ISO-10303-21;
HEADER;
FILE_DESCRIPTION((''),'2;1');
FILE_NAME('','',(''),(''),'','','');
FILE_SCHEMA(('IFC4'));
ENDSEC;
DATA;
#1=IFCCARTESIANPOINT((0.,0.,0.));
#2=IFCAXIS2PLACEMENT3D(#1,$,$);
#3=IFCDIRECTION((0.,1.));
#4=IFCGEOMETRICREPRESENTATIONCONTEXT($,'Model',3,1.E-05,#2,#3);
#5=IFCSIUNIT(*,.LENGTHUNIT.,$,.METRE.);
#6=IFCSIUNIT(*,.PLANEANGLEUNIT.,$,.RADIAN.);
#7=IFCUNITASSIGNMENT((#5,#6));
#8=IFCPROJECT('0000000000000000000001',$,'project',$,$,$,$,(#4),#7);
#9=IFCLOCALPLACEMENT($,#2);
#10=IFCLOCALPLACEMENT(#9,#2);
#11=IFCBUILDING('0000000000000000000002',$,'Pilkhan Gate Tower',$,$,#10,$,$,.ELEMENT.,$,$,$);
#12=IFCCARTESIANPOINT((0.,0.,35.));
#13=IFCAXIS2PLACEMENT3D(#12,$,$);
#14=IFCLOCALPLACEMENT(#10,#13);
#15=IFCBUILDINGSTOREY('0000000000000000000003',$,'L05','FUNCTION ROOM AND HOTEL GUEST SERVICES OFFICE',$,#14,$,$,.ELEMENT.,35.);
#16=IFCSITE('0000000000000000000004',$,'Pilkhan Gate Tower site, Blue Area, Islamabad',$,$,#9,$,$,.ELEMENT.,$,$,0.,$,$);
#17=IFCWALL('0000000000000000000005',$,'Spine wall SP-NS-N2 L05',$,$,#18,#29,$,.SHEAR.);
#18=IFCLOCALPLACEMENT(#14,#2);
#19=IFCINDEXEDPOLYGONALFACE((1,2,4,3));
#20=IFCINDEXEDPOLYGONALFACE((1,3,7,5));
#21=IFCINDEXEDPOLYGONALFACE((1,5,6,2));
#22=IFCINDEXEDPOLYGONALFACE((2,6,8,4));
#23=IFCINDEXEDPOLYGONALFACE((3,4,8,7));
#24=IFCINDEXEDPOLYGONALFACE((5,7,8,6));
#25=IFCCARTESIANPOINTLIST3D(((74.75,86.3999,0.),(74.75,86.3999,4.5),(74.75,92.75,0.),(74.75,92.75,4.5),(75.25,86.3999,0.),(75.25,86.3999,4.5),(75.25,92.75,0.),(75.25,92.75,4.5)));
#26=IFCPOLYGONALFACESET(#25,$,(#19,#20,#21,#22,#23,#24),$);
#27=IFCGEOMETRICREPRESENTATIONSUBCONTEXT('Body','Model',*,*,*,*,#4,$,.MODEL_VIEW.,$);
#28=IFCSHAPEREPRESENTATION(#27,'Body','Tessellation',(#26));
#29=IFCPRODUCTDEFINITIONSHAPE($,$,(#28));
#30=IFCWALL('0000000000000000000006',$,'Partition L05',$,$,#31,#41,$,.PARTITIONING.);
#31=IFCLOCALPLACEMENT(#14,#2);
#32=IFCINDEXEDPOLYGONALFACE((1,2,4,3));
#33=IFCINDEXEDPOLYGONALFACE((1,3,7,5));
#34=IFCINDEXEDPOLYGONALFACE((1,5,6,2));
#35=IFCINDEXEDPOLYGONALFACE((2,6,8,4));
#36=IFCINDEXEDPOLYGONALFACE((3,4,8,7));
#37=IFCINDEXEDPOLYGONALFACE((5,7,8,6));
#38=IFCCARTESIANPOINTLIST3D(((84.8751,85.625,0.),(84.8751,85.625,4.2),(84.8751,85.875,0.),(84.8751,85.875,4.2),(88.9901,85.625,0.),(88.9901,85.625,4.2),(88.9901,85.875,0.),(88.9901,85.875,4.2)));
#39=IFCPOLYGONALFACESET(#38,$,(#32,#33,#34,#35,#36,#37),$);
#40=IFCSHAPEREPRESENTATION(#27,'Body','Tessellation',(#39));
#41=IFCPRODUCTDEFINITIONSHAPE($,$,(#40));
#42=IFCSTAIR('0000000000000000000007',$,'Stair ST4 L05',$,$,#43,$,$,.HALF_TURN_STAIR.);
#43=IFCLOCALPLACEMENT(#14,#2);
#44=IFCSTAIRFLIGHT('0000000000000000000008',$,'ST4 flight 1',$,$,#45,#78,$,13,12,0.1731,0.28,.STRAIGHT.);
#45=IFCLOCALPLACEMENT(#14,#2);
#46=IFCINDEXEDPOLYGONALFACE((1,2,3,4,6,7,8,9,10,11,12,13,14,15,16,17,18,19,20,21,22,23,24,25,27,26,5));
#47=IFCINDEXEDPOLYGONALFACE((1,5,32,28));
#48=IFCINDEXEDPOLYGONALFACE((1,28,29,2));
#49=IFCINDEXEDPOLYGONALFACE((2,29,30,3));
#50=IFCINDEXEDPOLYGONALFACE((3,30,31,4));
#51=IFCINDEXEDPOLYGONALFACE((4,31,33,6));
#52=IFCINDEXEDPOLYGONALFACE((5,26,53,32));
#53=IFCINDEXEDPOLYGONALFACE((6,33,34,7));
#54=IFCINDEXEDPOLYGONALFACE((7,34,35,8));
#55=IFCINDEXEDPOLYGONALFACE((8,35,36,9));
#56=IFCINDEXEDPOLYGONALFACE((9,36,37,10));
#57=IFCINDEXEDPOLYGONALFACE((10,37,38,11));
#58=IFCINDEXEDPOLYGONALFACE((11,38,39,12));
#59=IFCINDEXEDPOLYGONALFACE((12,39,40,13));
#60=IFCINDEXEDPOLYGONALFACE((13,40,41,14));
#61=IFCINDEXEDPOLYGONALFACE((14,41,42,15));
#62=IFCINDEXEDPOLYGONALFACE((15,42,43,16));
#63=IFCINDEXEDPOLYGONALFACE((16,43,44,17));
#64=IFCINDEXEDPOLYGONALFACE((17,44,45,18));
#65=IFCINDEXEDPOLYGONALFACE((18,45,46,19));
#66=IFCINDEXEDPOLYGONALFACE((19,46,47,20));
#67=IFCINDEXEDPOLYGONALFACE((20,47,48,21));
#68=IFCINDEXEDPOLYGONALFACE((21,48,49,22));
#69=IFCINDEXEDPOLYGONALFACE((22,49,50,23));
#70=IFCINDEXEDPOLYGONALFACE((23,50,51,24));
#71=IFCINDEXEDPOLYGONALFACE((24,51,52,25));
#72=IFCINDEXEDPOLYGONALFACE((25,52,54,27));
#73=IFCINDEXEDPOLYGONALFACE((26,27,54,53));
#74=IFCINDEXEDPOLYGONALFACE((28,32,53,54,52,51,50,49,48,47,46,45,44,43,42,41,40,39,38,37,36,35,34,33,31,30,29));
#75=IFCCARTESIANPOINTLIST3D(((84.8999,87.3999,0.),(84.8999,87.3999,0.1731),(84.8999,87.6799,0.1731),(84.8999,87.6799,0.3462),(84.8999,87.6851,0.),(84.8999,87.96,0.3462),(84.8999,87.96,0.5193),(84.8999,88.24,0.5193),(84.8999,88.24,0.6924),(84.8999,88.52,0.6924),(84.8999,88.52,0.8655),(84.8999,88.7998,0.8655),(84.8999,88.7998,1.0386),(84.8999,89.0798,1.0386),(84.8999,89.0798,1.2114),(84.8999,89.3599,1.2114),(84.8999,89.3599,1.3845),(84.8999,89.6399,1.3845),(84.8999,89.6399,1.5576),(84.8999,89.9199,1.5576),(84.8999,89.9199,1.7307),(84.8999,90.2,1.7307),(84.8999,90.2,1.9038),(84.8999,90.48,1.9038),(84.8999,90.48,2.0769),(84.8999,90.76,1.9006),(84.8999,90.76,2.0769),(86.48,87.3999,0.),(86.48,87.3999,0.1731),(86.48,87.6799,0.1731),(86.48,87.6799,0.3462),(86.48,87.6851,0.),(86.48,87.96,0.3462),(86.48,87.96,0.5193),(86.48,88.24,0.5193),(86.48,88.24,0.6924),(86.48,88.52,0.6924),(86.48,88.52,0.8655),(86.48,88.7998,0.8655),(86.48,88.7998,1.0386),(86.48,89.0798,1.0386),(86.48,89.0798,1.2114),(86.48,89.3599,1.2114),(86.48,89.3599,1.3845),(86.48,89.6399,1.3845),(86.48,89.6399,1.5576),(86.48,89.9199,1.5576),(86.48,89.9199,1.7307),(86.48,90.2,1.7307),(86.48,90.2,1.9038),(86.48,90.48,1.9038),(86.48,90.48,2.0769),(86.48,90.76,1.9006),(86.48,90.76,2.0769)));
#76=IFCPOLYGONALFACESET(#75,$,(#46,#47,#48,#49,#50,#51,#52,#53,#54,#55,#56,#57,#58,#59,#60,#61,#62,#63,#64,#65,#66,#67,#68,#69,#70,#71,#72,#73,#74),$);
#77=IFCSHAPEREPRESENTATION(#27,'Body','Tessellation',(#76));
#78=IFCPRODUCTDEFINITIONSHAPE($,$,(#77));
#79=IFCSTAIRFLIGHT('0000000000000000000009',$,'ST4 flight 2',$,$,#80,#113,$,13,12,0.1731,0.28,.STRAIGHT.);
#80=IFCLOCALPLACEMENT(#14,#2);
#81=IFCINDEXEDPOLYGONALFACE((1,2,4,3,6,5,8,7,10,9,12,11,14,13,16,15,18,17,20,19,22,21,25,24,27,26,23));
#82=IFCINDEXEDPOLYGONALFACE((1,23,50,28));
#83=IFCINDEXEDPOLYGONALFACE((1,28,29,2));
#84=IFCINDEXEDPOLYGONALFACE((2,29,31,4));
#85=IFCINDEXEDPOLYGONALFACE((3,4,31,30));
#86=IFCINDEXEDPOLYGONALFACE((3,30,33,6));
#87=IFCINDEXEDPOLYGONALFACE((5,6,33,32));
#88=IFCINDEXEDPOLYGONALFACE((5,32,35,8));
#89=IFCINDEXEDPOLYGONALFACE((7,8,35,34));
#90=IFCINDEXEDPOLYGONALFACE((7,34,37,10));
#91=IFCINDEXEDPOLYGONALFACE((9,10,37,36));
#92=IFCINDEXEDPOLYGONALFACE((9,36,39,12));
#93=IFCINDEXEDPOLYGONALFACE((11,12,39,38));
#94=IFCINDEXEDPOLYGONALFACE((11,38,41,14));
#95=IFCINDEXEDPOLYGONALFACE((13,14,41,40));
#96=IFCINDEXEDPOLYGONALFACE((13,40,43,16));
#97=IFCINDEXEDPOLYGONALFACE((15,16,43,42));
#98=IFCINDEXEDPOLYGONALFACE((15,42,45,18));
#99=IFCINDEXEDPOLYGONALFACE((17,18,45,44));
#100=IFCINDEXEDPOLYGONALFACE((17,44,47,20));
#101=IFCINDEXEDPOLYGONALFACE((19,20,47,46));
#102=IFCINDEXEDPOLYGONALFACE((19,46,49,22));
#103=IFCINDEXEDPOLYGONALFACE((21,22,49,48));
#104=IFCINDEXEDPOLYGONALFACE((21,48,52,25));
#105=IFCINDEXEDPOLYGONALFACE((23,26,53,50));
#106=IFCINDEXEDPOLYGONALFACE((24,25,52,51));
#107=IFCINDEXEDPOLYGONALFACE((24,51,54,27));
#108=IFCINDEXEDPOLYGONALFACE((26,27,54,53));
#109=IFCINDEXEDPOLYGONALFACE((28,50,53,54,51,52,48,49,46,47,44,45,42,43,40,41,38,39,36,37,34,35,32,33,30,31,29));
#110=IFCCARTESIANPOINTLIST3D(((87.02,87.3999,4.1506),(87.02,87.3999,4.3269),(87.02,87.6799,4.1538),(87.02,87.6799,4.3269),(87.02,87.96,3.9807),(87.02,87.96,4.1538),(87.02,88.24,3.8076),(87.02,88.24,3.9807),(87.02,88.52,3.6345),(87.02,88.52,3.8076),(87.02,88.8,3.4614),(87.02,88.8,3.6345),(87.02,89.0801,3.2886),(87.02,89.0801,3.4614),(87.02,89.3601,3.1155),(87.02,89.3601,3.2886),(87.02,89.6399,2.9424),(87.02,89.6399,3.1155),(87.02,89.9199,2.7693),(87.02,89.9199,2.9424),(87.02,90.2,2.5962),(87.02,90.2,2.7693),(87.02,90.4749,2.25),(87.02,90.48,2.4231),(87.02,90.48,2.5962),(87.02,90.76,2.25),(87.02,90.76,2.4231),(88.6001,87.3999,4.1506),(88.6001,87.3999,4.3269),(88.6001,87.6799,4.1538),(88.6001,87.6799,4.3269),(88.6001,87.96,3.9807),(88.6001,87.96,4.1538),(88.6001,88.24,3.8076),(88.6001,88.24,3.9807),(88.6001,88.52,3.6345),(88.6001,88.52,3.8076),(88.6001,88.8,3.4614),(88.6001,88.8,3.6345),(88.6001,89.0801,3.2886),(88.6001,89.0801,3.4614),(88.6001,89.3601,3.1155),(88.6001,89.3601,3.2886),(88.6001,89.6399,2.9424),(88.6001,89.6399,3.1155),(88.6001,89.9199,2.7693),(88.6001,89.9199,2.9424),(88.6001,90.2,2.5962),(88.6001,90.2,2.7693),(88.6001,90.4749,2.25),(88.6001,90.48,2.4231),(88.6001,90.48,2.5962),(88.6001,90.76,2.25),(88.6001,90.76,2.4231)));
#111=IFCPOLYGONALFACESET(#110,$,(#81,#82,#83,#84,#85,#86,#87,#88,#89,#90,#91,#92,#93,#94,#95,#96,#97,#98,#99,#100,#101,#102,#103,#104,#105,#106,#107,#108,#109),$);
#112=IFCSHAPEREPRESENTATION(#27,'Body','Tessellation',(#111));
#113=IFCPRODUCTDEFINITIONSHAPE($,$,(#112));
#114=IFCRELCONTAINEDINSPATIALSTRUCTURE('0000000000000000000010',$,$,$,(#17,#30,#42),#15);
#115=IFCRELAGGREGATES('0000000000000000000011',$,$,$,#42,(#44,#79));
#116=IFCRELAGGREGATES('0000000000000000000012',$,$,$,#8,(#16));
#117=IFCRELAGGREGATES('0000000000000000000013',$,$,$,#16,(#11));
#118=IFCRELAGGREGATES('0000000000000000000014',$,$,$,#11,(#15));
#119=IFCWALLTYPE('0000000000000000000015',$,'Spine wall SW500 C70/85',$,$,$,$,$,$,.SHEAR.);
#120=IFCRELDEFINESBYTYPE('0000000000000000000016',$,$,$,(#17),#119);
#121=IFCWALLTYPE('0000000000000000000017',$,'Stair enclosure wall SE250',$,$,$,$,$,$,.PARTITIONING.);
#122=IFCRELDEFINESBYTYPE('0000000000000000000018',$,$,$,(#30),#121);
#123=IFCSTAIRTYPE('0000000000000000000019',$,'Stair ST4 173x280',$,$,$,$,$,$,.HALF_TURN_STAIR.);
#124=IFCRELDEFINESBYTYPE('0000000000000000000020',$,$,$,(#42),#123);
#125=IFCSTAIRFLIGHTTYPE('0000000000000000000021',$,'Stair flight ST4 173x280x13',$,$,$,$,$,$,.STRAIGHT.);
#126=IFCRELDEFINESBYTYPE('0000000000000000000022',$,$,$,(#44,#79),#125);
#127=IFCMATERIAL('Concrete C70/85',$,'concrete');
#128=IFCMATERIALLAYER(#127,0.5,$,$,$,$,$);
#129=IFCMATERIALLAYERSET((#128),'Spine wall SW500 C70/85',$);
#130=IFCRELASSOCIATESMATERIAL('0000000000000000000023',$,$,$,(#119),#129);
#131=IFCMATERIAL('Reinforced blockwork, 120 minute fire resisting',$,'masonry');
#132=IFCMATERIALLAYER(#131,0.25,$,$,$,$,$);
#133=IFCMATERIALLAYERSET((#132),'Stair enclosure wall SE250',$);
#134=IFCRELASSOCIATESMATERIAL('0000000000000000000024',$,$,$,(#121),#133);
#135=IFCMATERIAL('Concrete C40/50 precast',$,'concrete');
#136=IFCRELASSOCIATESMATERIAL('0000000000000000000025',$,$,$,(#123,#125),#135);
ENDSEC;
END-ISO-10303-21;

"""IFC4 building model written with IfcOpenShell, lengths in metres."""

from ifc_helpers import new_model, si_unit, direction, frame, frame_2d, origin, place, context, subcontext, project, spatial, polyline, rectangle, outline, extrude, material, layer, layer_set, type_object, element, aggregate, save


model = new_model("IFC4")

# Units and contexts
model_context = context("Model", 3, precision=1e-05, world=origin(), true_north=direction((0.0, 1.0)))
body_context = subcontext(model_context, "Body", "Model", "MODEL_VIEW")
ifc_project = project(units=[si_unit("LENGTHUNIT", "METRE"), si_unit("PLANEANGLEUNIT", "RADIAN")], contexts=[model_context])

# Site, building, storey
site_placement = place(None, origin())
site = spatial("IfcSite", under=ifc_project, at=site_placement, Name="Pilkhan Gate Tower site, Blue Area, Islamabad", CompositionType="ELEMENT", RefElevation=0.0)
building_placement = place(site_placement, origin())
building = spatial("IfcBuilding", under=site, at=building_placement, Name="Pilkhan Gate Tower", CompositionType="ELEMENT")
storey_placement = place(building_placement, frame((0.0, 0.0, 35.0)))
storey = spatial("IfcBuildingStorey", under=building, at=storey_placement, Name="L05", Description="FUNCTION ROOM AND HOTEL GUEST SERVICES OFFICE", CompositionType="ELEMENT", Elevation=35.0)

# Walls
ifc_material_1 = material(Name="Concrete C70/85", Category="concrete")
ifc_layer_1 = layer(ifc_material_1, 0.5)
ifc_layer_set_1 = layer_set([ifc_layer_1], Name="Spine wall SW500 C70/85")
wall_type_1 = type_object("IfcWallType", Name="Spine wall SW500 C70/85", PredefinedType="SHEAR", material=ifc_layer_set_1)
wall_1_placement = place(storey_placement, frame((75.0, 86.3999, 0.0), z_axis=(0.0, 0.0, 1.0), x_axis=(0.0, 1.0, 0.0)))
element("IfcWall", 1, at=wall_1_placement, inside=storey, type_object=wall_type_1, Name="Spine wall SP-NS-N2 L05", PredefinedType="SHEAR", context=body_context, shape_type="SweptSolid", body=[
    extrude(rectangle(XDim=6.3501, YDim=0.5, at=frame_2d((3.175, 0.0))), origin(), (0.0, 0.0, 1.0), 4.5),
])
ifc_material_2 = material(Name="Reinforced blockwork, 120 minute fire resisting", Category="masonry")
ifc_layer_2 = layer(ifc_material_2, 0.25)
ifc_layer_set_2 = layer_set([ifc_layer_2], Name="Stair enclosure wall SE250")
wall_type_2 = type_object("IfcWallType", Name="Stair enclosure wall SE250", PredefinedType="PARTITIONING", material=ifc_layer_set_2)
wall_2_placement = place(storey_placement, frame((84.875, 85.75, 0.0), z_axis=(0.0, 0.0, 1.0), x_axis=(1.0, 0.0, 0.0)))
element("IfcWall", 2, at=wall_2_placement, inside=storey, type_object=wall_type_2, Name="Partition L05", PredefinedType="PARTITIONING", context=body_context, shape_type="SweptSolid", body=[
    extrude(rectangle(XDim=4.115, YDim=0.25, at=frame_2d((2.0576, 0.0))), origin(), (0.0, 0.0, 1.0), 4.2),
])

# Stair, stair flights
ifc_material_3 = material(Name="Concrete C40/50 precast", Category="concrete")
stair_type = type_object("IfcStairType", Name="Stair ST4 173x280", PredefinedType="HALF_TURN_STAIR", material=ifc_material_3)
stair_placement = place(storey_placement, origin())
stair = element("IfcStair", 3, at=stair_placement, inside=storey, type_object=stair_type, Name="Stair ST4 L05", PredefinedType="HALF_TURN_STAIR")
stair_flight_type = type_object("IfcStairFlightType", Name="Stair flight ST4 173x280x13", PredefinedType="STRAIGHT", material=ifc_material_3)
stair_flight_1_placement = place(storey_placement, frame((85.6899, 87.3999, 0.0), z_axis=(0.0, 0.0, 1.0), x_axis=(0.0, 1.0, 0.0)))
stair_flight_1 = element("IfcStairFlight", 4, at=stair_flight_1_placement, type_object=stair_flight_type, Name="ST4 flight 1", NumberOfRisers=13, NumberOfTreads=12, PredefinedType="STRAIGHT", RiserHeight=0.1731, TreadLength=0.28, context=body_context, shape_type="SweptSolid", body=[
    extrude(outline(polyline([(0.0, 0.0), (0.0, 0.1731), (0.28, 0.1731), (0.28, 0.3462), (0.5601, 0.3462), (0.5601, 0.5193), (0.8401, 0.5193), (0.8401, 0.6924), (1.1201, 0.6924), (1.1201, 0.8655), (1.3999, 0.8655), (1.3999, 1.0386), (1.6799, 1.0386), (1.6799, 1.2114), (1.96, 1.2114), (1.96, 1.3845), (2.24, 1.3845), (2.24, 1.5576), (2.52, 1.5576), (2.52, 1.7307), (2.8, 1.7307), (2.8, 1.9038), (3.0801, 1.9038), (3.0801, 2.0769), (3.3601, 2.0769), (3.3601, 2.25), (3.3601, 1.9006), (0.2852, 0.0), (0.0, 0.0)])), frame((0.0, 0.79, 0.0), z_axis=(0.0, -1.0, 0.0), x_axis=(1.0, 0.0, 0.0)), (0.0, 0.0, 1.0), 1.5801),
])
stair_flight_2_placement = place(storey_placement, frame((87.8101, 90.76, 2.25), z_axis=(0.0, 0.0, 1.0), x_axis=(0.0, -1.0, 0.0)))
stair_flight_2 = element("IfcStairFlight", 5, at=stair_flight_2_placement, type_object=stair_flight_type, Name="ST4 flight 2", NumberOfRisers=13, NumberOfTreads=12, PredefinedType="STRAIGHT", RiserHeight=0.1731, TreadLength=0.28, context=body_context, shape_type="SweptSolid", body=[
    extrude(outline(polyline([(0.0, 0.0), (0.0, 0.1731), (0.28, 0.1731), (0.28, 0.3462), (0.5601, 0.3462), (0.5601, 0.5193), (0.8401, 0.5193), (0.8401, 0.6924), (1.1201, 0.6924), (1.1201, 0.8655), (1.3999, 0.8655), (1.3999, 1.0386), (1.6799, 1.0386), (1.6799, 1.2114), (1.96, 1.2114), (1.96, 1.3845), (2.24, 1.3845), (2.24, 1.5576), (2.52, 1.5576), (2.52, 1.7307), (2.8, 1.7307), (2.8, 1.9038), (3.0801, 1.9038), (3.0801, 2.0769), (3.3601, 2.0769), (3.3601, 2.25), (3.3601, 1.9006), (0.2852, 0.0), (0.0, 0.0)])), frame((0.0, 0.79, 0.0), z_axis=(0.0, -1.0, 0.0), x_axis=(1.0, 0.0, 0.0)), (0.0, 0.0, 1.0), 1.5801),
])
aggregate(stair, [stair_flight_1, stair_flight_2])

save(model, "model.ifc")
